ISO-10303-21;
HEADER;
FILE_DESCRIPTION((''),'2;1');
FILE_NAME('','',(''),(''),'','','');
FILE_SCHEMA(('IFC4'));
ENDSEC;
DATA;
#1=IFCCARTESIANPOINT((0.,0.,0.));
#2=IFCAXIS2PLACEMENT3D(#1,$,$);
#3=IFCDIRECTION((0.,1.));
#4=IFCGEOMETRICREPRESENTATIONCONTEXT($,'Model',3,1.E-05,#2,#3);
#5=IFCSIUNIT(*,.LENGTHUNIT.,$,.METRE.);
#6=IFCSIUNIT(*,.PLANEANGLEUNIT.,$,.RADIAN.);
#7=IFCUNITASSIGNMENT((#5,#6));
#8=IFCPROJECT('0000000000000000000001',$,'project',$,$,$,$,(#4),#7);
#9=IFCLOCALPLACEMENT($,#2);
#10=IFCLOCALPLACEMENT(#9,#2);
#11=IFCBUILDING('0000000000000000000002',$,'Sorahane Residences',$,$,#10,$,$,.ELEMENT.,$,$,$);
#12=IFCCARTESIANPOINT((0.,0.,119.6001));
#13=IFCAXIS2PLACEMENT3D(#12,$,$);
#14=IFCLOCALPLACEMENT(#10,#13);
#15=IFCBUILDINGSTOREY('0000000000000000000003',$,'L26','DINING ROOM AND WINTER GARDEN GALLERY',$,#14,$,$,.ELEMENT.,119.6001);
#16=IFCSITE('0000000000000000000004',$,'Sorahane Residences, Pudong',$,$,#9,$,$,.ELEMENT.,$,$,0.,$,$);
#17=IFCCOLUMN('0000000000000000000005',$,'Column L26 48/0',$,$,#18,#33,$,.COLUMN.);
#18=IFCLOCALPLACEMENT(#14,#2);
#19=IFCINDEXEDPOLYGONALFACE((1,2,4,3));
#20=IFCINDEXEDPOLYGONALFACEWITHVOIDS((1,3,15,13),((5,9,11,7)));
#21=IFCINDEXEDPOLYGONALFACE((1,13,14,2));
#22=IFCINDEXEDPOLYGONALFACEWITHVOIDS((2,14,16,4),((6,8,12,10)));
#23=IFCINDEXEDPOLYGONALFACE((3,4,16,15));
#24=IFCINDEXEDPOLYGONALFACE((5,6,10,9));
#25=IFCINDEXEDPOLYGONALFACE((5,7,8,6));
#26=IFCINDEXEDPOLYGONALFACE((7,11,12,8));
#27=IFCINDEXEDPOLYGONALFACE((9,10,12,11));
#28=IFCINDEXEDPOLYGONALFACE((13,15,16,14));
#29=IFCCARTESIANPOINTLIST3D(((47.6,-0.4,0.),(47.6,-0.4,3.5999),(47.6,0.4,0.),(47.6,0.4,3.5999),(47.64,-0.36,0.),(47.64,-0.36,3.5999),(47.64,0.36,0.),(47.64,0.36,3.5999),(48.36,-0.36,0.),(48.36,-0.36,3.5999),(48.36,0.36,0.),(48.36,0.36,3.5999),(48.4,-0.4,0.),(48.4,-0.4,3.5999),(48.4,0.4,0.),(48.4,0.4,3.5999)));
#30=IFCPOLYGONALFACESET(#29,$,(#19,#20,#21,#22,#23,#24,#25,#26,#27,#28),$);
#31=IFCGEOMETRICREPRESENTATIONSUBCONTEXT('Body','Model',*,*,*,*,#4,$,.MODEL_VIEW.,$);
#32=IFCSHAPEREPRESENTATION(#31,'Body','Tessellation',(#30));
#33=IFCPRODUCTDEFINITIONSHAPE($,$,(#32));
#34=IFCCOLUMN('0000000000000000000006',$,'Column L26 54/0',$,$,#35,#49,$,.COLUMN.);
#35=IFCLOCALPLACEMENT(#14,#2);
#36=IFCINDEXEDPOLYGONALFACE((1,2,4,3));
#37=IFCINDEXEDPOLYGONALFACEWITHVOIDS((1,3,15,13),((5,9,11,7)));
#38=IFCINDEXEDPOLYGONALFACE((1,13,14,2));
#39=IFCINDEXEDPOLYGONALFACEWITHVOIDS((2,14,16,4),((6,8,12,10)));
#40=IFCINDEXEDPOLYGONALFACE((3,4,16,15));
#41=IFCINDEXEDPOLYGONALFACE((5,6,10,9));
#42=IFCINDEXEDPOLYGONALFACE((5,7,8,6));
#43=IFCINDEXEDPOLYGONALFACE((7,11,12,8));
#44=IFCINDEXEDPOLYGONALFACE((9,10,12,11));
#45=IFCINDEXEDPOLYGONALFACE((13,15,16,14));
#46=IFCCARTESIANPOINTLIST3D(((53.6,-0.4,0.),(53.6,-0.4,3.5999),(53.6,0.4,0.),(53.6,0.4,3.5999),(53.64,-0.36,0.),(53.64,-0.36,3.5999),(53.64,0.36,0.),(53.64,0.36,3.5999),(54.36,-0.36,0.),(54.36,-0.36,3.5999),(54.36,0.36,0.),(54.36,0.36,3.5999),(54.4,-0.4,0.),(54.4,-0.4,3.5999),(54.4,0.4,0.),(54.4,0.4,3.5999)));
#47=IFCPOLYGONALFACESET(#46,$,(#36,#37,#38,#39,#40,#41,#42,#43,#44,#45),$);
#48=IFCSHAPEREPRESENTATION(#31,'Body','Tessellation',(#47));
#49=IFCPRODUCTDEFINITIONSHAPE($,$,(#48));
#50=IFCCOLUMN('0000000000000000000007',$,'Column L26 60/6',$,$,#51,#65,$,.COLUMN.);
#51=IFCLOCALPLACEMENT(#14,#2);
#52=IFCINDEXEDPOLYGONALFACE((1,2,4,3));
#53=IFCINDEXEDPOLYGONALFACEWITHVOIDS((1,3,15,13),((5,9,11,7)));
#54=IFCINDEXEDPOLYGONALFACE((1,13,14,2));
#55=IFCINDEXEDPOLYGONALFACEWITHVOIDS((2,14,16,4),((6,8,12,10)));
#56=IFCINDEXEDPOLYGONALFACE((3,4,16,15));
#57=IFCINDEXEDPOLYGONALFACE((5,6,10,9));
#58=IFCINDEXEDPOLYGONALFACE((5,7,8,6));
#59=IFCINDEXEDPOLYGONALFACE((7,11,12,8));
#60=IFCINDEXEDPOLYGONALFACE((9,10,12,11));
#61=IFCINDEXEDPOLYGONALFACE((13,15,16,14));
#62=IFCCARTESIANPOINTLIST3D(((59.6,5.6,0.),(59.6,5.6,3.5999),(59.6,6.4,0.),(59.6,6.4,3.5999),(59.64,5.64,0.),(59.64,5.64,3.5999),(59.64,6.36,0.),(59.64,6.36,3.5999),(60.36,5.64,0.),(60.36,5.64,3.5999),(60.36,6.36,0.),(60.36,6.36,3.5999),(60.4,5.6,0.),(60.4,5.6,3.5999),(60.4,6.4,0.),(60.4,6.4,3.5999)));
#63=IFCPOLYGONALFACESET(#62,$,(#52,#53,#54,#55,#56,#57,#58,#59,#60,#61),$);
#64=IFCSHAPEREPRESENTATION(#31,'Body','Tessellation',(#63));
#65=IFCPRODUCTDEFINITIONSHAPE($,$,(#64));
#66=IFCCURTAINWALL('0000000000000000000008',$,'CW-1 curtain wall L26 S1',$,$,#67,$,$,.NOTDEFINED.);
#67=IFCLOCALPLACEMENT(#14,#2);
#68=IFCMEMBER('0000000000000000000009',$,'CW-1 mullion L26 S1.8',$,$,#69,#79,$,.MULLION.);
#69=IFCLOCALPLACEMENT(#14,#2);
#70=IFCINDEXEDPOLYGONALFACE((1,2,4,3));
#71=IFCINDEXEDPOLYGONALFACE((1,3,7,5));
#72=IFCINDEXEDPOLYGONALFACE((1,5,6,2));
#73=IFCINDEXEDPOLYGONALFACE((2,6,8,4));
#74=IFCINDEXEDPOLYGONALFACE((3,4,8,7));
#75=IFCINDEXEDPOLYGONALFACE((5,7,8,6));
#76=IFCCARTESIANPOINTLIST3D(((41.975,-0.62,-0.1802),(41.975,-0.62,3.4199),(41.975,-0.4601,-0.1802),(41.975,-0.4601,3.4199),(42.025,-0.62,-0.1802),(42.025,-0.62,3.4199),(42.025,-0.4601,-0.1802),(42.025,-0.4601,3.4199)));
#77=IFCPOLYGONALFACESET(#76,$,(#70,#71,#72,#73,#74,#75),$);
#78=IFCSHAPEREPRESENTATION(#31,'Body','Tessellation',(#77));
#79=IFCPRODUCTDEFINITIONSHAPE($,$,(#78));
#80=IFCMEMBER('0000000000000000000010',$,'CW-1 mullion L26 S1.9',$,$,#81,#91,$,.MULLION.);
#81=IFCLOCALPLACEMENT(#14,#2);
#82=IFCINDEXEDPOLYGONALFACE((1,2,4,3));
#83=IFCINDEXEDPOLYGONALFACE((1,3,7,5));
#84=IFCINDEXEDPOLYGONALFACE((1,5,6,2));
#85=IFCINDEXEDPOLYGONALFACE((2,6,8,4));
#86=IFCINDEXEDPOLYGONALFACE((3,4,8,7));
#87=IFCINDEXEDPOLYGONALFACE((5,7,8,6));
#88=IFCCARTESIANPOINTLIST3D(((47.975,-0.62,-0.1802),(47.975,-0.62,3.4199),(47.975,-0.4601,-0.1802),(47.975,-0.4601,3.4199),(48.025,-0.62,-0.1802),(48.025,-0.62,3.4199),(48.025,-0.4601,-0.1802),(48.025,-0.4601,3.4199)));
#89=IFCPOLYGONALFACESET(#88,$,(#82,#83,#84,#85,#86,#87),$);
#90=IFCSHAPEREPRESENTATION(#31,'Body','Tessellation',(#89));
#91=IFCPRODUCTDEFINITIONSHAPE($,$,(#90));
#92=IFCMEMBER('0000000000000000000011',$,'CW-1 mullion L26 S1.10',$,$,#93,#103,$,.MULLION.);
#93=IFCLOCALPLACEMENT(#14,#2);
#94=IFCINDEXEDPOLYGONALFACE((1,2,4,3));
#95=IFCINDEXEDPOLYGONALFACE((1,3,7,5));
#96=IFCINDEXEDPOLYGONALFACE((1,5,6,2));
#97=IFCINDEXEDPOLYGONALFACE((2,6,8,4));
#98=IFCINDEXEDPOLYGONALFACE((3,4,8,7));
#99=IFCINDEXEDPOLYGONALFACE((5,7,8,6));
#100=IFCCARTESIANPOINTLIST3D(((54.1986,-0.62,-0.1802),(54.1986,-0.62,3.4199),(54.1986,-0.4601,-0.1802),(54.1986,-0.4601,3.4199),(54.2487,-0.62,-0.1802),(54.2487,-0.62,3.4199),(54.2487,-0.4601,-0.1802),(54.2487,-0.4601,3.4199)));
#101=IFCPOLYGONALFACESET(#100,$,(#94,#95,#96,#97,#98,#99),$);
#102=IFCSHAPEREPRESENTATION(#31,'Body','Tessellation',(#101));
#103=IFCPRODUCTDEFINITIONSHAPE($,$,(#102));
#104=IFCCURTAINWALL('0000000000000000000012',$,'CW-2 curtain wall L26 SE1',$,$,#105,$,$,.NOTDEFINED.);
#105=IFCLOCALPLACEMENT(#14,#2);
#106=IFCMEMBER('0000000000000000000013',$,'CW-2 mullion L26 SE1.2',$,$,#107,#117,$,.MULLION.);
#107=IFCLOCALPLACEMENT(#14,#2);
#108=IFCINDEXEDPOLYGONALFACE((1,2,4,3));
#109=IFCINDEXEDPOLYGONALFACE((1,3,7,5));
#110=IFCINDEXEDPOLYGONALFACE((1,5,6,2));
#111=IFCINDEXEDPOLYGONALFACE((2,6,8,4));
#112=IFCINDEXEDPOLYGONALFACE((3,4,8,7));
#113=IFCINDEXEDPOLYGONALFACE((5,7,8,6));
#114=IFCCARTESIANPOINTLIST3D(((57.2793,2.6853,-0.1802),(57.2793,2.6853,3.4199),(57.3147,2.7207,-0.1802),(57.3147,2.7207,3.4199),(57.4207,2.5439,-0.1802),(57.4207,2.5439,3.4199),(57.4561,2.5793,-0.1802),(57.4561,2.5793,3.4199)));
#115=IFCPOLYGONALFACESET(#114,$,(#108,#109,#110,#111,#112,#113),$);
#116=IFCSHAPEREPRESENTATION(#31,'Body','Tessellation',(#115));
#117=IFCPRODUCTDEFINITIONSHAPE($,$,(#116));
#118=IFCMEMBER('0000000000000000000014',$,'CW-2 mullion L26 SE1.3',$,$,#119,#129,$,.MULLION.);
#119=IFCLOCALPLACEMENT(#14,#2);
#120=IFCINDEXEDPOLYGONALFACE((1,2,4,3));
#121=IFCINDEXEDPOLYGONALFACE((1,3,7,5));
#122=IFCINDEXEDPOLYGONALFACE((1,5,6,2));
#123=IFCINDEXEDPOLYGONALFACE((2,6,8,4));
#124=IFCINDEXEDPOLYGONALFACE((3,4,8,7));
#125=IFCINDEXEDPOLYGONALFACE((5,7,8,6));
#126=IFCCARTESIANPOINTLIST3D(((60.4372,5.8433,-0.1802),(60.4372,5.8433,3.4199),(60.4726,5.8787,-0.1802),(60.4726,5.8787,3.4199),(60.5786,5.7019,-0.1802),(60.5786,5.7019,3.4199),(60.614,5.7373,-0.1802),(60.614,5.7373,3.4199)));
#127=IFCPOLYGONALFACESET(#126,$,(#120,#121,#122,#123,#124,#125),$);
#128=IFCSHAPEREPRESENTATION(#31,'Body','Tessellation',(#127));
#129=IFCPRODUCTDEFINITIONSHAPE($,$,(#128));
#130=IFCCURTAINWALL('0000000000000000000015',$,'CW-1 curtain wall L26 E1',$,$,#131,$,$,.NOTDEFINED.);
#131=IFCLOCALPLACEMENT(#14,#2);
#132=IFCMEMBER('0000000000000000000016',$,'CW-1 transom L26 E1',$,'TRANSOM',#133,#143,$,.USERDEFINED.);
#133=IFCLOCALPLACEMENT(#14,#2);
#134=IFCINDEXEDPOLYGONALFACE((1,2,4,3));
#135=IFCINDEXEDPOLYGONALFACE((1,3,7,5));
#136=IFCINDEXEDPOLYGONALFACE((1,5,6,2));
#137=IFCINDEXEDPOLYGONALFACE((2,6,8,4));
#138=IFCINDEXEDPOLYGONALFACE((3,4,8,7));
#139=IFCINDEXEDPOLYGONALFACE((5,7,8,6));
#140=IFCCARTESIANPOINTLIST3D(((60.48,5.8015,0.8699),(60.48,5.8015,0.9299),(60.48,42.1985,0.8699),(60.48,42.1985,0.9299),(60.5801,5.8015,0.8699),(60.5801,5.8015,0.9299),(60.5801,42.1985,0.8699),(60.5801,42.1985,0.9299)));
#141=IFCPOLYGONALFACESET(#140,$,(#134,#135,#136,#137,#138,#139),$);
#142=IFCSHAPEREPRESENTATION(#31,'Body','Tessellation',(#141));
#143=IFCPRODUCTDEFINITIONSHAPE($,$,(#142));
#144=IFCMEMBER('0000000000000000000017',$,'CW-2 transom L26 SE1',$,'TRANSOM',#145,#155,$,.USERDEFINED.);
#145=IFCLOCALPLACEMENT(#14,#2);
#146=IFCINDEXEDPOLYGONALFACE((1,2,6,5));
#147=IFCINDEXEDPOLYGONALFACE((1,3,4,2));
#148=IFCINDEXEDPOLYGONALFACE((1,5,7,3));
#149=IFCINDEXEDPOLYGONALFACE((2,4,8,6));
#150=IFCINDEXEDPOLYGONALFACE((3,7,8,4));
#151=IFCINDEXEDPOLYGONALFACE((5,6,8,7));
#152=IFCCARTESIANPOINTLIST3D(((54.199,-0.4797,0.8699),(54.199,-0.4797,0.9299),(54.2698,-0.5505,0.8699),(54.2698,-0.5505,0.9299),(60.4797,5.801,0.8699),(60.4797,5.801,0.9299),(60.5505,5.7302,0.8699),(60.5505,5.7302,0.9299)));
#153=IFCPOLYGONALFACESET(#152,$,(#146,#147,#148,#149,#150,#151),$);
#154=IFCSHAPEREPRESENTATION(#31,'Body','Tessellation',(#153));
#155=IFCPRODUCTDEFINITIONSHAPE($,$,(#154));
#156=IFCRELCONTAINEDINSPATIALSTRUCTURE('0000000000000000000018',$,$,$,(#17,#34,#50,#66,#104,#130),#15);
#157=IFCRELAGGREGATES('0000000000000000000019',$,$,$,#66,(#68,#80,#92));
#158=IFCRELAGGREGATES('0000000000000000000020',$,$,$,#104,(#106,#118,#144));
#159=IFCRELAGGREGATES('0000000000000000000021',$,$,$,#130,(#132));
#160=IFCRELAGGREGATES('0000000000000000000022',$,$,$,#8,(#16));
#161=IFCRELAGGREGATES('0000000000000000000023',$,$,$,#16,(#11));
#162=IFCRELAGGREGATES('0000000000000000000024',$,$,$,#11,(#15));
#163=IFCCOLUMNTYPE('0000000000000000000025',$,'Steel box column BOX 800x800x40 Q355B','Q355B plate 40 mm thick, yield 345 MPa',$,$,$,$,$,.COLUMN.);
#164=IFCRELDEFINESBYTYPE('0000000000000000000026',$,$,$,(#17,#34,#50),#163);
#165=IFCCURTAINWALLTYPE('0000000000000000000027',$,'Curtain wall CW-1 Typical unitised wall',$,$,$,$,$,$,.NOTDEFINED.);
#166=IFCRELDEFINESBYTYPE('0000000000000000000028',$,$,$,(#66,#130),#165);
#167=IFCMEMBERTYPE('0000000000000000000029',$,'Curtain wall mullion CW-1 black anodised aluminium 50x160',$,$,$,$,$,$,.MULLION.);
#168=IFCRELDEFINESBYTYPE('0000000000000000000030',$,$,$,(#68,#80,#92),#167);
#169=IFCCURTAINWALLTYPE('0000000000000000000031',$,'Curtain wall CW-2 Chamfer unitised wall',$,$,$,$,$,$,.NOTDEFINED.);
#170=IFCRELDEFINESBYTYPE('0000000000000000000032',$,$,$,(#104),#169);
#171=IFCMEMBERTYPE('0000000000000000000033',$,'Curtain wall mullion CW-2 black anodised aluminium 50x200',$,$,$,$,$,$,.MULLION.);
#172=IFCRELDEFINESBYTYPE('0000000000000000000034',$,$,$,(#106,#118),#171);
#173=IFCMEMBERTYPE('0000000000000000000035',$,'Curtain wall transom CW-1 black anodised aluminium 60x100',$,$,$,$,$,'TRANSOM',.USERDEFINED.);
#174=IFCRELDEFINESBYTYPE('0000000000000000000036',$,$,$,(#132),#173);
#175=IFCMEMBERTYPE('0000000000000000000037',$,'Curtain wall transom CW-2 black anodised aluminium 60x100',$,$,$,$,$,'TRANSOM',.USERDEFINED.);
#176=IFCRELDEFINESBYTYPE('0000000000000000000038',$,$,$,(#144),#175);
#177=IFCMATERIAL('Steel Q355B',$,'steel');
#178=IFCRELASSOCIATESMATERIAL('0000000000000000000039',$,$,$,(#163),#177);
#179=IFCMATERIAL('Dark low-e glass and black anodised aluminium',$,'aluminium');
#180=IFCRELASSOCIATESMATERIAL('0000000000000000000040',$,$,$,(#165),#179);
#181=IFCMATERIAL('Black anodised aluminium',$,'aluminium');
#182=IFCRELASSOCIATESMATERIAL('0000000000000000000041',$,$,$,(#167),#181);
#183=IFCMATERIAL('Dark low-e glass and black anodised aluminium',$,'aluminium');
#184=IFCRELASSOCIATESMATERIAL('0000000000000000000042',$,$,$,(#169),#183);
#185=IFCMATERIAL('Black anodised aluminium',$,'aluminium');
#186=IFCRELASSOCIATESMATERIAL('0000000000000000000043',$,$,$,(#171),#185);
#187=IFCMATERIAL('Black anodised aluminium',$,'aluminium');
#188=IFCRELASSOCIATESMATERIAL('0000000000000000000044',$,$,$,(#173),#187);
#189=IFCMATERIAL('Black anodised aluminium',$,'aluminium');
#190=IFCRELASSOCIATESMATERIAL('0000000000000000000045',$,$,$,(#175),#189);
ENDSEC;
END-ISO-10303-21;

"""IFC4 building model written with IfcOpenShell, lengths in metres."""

from ifc_helpers import new_model, si_unit, direction, frame, origin, origin_2d, place, context, subcontext, project, spatial, rectangle, hollow_rectangle, extrude, material, material_profile, profile_set, type_object, element, aggregate, save


model = new_model("IFC4")

# Units and contexts
model_context = context("Model", 3, precision=1e-05, world=origin(), true_north=direction((0.0, 1.0)))
body_context = subcontext(model_context, "Body", "Model", "MODEL_VIEW")
ifc_project = project(units=[si_unit("LENGTHUNIT", "METRE"), si_unit("PLANEANGLEUNIT", "RADIAN")], contexts=[model_context])

# Site, building, storey
site_placement = place(None, origin())
site = spatial("IfcSite", under=ifc_project, at=site_placement, Name="Sorahane Residences, Pudong", CompositionType="ELEMENT", RefElevation=0.0)
building_placement = place(site_placement, origin())
building = spatial("IfcBuilding", under=site, at=building_placement, Name="Sorahane Residences", CompositionType="ELEMENT")
storey_placement = place(building_placement, frame((0.0, 0.0, 119.6001)))
storey = spatial("IfcBuildingStorey", under=building, at=storey_placement, Name="L26", Description="DINING ROOM AND WINTER GARDEN GALLERY", CompositionType="ELEMENT", Elevation=119.6001)

# Columns
ifc_material_1 = material(Name="Steel Q355B", Category="steel")
ifc_material_profile_1 = material_profile(ifc_material_1, hollow_rectangle(XDim=0.8, YDim=0.8, WallThickness=0.04, at=origin_2d()), Name="BOX 800x800x40")
ifc_profile_set_1 = profile_set([ifc_material_profile_1], Name="Steel Q355B")
column_type = type_object("IfcColumnType", Name="Steel box column BOX 800x800x40 Q355B", Description="Q355B plate 40 mm thick, yield 345 MPa", PredefinedType="COLUMN", material=ifc_profile_set_1)
for number, where, z_axis, x_axis, name in (
    (1, (48.0, 0.0, 0.0), (0.0, 0.0, 1.0), (1.0, 0.0, 0.0), "Column L26 48/0"),
    (2, (54.0, 0.0, 0.0), (0.0, 0.0, 1.0), (1.0, 0.0, 0.0), "Column L26 54/0"),
    (3, (60.0, 6.0, 0.0), (0.0, 0.0, 1.0), (1.0, 0.0, 0.0), "Column L26 60/6"),
):
    element("IfcColumn", number, at=place(storey_placement, frame(where, z_axis=z_axis, x_axis=x_axis)), inside=storey, type_object=column_type, Name=name, PredefinedType="COLUMN", context=body_context, shape_type="SweptSolid", body=[
        extrude(hollow_rectangle(XDim=0.8, YDim=0.8, WallThickness=0.04, at=origin_2d()), origin(), (0.0, 0.0, 1.0), 3.5999),
    ])

# Curtain walls, members
ifc_material_2 = material(Name="Dark low-e glass and black anodised aluminium", Category="aluminium")
curtain_wall_type_1 = type_object("IfcCurtainWallType", Name="Curtain wall CW-1 Typical unitised wall", PredefinedType="NOTDEFINED", material=ifc_material_2)
curtain_wall_1_placement = place(storey_placement, origin())
curtain_wall_1 = element("IfcCurtainWall", 4, at=curtain_wall_1_placement, inside=storey, type_object=curtain_wall_type_1, Name="CW-1 curtain wall L26 S1", PredefinedType="NOTDEFINED")
ifc_material_3 = material(Name="Black anodised aluminium", Category="aluminium")
ifc_material_profile_2 = material_profile(ifc_material_3, rectangle(XDim=0.1599, YDim=0.05, at=origin_2d()), Name="Curtain wall mullion CW-1 black anodised aluminium 50x160")
ifc_profile_set_2 = profile_set([ifc_material_profile_2], Name="Black anodised aluminium")
member_type_1 = type_object("IfcMemberType", Name="Curtain wall mullion CW-1 black anodised aluminium 50x160", PredefinedType="MULLION", material=ifc_profile_set_2)
member_1_placement = place(storey_placement, frame((42.0, -0.54, -0.1802), z_axis=(0.0, 0.0, 1.0), x_axis=(0.0, -1.0, 0.0)))
member_1 = element("IfcMember", 5, at=member_1_placement, type_object=member_type_1, Name="CW-1 mullion L26 S1.8", PredefinedType="MULLION", context=body_context, shape_type="SweptSolid", body=[
    extrude(rectangle(XDim=0.1599, YDim=0.05, at=origin_2d()), origin(), (0.0, 0.0, 1.0), 3.6001),
])
member_2_placement = place(storey_placement, frame((48.0, -0.54, -0.1802), z_axis=(0.0, 0.0, 1.0), x_axis=(0.0, -1.0, 0.0)))
member_2 = element("IfcMember", 6, at=member_2_placement, type_object=member_type_1, Name="CW-1 mullion L26 S1.9", PredefinedType="MULLION", context=body_context, shape_type="SweptSolid", body=[
    extrude(rectangle(XDim=0.1599, YDim=0.05, at=origin_2d()), origin(), (0.0, 0.0, 1.0), 3.6001),
])
member_3_placement = place(storey_placement, frame((54.2236, -0.54, -0.1802), z_axis=(0.0, 0.0, 1.0), x_axis=(0.0, -1.0, 0.0)))
member_3 = element("IfcMember", 7, at=member_3_placement, type_object=member_type_1, Name="CW-1 mullion L26 S1.10", PredefinedType="MULLION", context=body_context, shape_type="SweptSolid", body=[
    extrude(rectangle(XDim=0.1599, YDim=0.05, at=origin_2d()), origin(), (0.0, 0.0, 1.0), 3.6001),
])
ifc_material_4 = material(Name="Dark low-e glass and black anodised aluminium", Category="aluminium")
curtain_wall_type_2 = type_object("IfcCurtainWallType", Name="Curtain wall CW-2 Chamfer unitised wall", PredefinedType="NOTDEFINED", material=ifc_material_4)
curtain_wall_2_placement = place(storey_placement, origin())
curtain_wall_2 = element("IfcCurtainWall", 8, at=curtain_wall_2_placement, inside=storey, type_object=curtain_wall_type_2, Name="CW-2 curtain wall L26 SE1", PredefinedType="NOTDEFINED")
ifc_material_5 = material(Name="Black anodised aluminium", Category="aluminium")
ifc_material_profile_3 = material_profile(ifc_material_5, rectangle(XDim=0.2, YDim=0.05, at=origin_2d()), Name="Curtain wall mullion CW-2 black anodised aluminium 50x200")
ifc_profile_set_3 = profile_set([ifc_material_profile_3], Name="Black anodised aluminium")
member_type_2 = type_object("IfcMemberType", Name="Curtain wall mullion CW-2 black anodised aluminium 50x200", PredefinedType="MULLION", material=ifc_profile_set_3)
member_4_placement = place(storey_placement, frame((57.3677, 2.6323, -0.1802), z_axis=(0.0, 0.0, 1.0), x_axis=(0.707107, -0.707107, 0.0)))
member_4 = element("IfcMember", 9, at=member_4_placement, type_object=member_type_2, Name="CW-2 mullion L26 SE1.2", PredefinedType="MULLION", context=body_context, shape_type="SweptSolid", body=[
    extrude(rectangle(XDim=0.2, YDim=0.05, at=origin_2d()), origin(), (0.0, 0.0, 1.0), 3.6001),
])
member_5_placement = place(storey_placement, frame((60.5256, 5.7903, -0.1802), z_axis=(0.0, 0.0, 1.0), x_axis=(0.707107, -0.707107, 0.0)))
member_5 = element("IfcMember", 10, at=member_5_placement, type_object=member_type_2, Name="CW-2 mullion L26 SE1.3", PredefinedType="MULLION", context=body_context, shape_type="SweptSolid", body=[
    extrude(rectangle(XDim=0.2, YDim=0.05, at=origin_2d()), origin(), (0.0, 0.0, 1.0), 3.6001),
])

# Curtain wall, member
curtain_wall_3_placement = place(storey_placement, origin())
curtain_wall_3 = element("IfcCurtainWall", 11, at=curtain_wall_3_placement, inside=storey, type_object=curtain_wall_type_1, Name="CW-1 curtain wall L26 E1", PredefinedType="NOTDEFINED")
ifc_material_6 = material(Name="Black anodised aluminium", Category="aluminium")
ifc_material_profile_4 = material_profile(ifc_material_6, rectangle(XDim=0.1001, YDim=0.0601, at=origin_2d()), Name="Curtain wall transom CW-1 black anodised aluminium 60x100")
ifc_profile_set_4 = profile_set([ifc_material_profile_4], Name="Black anodised aluminium")
member_type_3 = type_object("IfcMemberType", Name="Curtain wall transom CW-1 black anodised aluminium 60x100", ElementType="TRANSOM", PredefinedType="USERDEFINED", material=ifc_profile_set_4)
member_6_placement = place(storey_placement, frame((60.53, 5.8015, 0.8999), z_axis=(0.0, 1.0, 0.0), x_axis=(-1.0, 0.0, 0.0)))
member_6 = element("IfcMember", 12, at=member_6_placement, type_object=member_type_3, Name="CW-1 transom L26 E1", ObjectType="TRANSOM", PredefinedType="USERDEFINED", context=body_context, shape_type="SweptSolid", body=[
    extrude(rectangle(XDim=0.1001, YDim=0.0601, at=origin_2d()), origin(), (0.0, 0.0, 1.0), 36.397),
])

# Member
ifc_material_7 = material(Name="Black anodised aluminium", Category="aluminium")
ifc_material_profile_5 = material_profile(ifc_material_7, rectangle(XDim=0.1001, YDim=0.0601, at=origin_2d()), Name="Curtain wall transom CW-2 black anodised aluminium 60x100")
ifc_profile_set_5 = profile_set([ifc_material_profile_5], Name="Black anodised aluminium")
member_type_4 = type_object("IfcMemberType", Name="Curtain wall transom CW-2 black anodised aluminium 60x100", ElementType="TRANSOM", PredefinedType="USERDEFINED", material=ifc_profile_set_5)
member_7_placement = place(storey_placement, frame((54.2344, -0.5151, 0.8999), z_axis=(0.707107, 0.707107, 0.0), x_axis=(-0.707107, 0.707107, 0.0)))
member_7 = element("IfcMember", 13, at=member_7_placement, type_object=member_type_4, Name="CW-2 transom L26 SE1", ObjectType="TRANSOM", PredefinedType="USERDEFINED", context=body_context, shape_type="SweptSolid", body=[
    extrude(rectangle(XDim=0.1001, YDim=0.0601, at=origin_2d()), origin(), (0.0, 0.0, 1.0), 8.8823),
])

aggregate(curtain_wall_1, [member_1, member_2, member_3])
aggregate(curtain_wall_2, [member_4, member_5, member_7])
aggregate(curtain_wall_3, [member_6])

save(model, "model.ifc")
